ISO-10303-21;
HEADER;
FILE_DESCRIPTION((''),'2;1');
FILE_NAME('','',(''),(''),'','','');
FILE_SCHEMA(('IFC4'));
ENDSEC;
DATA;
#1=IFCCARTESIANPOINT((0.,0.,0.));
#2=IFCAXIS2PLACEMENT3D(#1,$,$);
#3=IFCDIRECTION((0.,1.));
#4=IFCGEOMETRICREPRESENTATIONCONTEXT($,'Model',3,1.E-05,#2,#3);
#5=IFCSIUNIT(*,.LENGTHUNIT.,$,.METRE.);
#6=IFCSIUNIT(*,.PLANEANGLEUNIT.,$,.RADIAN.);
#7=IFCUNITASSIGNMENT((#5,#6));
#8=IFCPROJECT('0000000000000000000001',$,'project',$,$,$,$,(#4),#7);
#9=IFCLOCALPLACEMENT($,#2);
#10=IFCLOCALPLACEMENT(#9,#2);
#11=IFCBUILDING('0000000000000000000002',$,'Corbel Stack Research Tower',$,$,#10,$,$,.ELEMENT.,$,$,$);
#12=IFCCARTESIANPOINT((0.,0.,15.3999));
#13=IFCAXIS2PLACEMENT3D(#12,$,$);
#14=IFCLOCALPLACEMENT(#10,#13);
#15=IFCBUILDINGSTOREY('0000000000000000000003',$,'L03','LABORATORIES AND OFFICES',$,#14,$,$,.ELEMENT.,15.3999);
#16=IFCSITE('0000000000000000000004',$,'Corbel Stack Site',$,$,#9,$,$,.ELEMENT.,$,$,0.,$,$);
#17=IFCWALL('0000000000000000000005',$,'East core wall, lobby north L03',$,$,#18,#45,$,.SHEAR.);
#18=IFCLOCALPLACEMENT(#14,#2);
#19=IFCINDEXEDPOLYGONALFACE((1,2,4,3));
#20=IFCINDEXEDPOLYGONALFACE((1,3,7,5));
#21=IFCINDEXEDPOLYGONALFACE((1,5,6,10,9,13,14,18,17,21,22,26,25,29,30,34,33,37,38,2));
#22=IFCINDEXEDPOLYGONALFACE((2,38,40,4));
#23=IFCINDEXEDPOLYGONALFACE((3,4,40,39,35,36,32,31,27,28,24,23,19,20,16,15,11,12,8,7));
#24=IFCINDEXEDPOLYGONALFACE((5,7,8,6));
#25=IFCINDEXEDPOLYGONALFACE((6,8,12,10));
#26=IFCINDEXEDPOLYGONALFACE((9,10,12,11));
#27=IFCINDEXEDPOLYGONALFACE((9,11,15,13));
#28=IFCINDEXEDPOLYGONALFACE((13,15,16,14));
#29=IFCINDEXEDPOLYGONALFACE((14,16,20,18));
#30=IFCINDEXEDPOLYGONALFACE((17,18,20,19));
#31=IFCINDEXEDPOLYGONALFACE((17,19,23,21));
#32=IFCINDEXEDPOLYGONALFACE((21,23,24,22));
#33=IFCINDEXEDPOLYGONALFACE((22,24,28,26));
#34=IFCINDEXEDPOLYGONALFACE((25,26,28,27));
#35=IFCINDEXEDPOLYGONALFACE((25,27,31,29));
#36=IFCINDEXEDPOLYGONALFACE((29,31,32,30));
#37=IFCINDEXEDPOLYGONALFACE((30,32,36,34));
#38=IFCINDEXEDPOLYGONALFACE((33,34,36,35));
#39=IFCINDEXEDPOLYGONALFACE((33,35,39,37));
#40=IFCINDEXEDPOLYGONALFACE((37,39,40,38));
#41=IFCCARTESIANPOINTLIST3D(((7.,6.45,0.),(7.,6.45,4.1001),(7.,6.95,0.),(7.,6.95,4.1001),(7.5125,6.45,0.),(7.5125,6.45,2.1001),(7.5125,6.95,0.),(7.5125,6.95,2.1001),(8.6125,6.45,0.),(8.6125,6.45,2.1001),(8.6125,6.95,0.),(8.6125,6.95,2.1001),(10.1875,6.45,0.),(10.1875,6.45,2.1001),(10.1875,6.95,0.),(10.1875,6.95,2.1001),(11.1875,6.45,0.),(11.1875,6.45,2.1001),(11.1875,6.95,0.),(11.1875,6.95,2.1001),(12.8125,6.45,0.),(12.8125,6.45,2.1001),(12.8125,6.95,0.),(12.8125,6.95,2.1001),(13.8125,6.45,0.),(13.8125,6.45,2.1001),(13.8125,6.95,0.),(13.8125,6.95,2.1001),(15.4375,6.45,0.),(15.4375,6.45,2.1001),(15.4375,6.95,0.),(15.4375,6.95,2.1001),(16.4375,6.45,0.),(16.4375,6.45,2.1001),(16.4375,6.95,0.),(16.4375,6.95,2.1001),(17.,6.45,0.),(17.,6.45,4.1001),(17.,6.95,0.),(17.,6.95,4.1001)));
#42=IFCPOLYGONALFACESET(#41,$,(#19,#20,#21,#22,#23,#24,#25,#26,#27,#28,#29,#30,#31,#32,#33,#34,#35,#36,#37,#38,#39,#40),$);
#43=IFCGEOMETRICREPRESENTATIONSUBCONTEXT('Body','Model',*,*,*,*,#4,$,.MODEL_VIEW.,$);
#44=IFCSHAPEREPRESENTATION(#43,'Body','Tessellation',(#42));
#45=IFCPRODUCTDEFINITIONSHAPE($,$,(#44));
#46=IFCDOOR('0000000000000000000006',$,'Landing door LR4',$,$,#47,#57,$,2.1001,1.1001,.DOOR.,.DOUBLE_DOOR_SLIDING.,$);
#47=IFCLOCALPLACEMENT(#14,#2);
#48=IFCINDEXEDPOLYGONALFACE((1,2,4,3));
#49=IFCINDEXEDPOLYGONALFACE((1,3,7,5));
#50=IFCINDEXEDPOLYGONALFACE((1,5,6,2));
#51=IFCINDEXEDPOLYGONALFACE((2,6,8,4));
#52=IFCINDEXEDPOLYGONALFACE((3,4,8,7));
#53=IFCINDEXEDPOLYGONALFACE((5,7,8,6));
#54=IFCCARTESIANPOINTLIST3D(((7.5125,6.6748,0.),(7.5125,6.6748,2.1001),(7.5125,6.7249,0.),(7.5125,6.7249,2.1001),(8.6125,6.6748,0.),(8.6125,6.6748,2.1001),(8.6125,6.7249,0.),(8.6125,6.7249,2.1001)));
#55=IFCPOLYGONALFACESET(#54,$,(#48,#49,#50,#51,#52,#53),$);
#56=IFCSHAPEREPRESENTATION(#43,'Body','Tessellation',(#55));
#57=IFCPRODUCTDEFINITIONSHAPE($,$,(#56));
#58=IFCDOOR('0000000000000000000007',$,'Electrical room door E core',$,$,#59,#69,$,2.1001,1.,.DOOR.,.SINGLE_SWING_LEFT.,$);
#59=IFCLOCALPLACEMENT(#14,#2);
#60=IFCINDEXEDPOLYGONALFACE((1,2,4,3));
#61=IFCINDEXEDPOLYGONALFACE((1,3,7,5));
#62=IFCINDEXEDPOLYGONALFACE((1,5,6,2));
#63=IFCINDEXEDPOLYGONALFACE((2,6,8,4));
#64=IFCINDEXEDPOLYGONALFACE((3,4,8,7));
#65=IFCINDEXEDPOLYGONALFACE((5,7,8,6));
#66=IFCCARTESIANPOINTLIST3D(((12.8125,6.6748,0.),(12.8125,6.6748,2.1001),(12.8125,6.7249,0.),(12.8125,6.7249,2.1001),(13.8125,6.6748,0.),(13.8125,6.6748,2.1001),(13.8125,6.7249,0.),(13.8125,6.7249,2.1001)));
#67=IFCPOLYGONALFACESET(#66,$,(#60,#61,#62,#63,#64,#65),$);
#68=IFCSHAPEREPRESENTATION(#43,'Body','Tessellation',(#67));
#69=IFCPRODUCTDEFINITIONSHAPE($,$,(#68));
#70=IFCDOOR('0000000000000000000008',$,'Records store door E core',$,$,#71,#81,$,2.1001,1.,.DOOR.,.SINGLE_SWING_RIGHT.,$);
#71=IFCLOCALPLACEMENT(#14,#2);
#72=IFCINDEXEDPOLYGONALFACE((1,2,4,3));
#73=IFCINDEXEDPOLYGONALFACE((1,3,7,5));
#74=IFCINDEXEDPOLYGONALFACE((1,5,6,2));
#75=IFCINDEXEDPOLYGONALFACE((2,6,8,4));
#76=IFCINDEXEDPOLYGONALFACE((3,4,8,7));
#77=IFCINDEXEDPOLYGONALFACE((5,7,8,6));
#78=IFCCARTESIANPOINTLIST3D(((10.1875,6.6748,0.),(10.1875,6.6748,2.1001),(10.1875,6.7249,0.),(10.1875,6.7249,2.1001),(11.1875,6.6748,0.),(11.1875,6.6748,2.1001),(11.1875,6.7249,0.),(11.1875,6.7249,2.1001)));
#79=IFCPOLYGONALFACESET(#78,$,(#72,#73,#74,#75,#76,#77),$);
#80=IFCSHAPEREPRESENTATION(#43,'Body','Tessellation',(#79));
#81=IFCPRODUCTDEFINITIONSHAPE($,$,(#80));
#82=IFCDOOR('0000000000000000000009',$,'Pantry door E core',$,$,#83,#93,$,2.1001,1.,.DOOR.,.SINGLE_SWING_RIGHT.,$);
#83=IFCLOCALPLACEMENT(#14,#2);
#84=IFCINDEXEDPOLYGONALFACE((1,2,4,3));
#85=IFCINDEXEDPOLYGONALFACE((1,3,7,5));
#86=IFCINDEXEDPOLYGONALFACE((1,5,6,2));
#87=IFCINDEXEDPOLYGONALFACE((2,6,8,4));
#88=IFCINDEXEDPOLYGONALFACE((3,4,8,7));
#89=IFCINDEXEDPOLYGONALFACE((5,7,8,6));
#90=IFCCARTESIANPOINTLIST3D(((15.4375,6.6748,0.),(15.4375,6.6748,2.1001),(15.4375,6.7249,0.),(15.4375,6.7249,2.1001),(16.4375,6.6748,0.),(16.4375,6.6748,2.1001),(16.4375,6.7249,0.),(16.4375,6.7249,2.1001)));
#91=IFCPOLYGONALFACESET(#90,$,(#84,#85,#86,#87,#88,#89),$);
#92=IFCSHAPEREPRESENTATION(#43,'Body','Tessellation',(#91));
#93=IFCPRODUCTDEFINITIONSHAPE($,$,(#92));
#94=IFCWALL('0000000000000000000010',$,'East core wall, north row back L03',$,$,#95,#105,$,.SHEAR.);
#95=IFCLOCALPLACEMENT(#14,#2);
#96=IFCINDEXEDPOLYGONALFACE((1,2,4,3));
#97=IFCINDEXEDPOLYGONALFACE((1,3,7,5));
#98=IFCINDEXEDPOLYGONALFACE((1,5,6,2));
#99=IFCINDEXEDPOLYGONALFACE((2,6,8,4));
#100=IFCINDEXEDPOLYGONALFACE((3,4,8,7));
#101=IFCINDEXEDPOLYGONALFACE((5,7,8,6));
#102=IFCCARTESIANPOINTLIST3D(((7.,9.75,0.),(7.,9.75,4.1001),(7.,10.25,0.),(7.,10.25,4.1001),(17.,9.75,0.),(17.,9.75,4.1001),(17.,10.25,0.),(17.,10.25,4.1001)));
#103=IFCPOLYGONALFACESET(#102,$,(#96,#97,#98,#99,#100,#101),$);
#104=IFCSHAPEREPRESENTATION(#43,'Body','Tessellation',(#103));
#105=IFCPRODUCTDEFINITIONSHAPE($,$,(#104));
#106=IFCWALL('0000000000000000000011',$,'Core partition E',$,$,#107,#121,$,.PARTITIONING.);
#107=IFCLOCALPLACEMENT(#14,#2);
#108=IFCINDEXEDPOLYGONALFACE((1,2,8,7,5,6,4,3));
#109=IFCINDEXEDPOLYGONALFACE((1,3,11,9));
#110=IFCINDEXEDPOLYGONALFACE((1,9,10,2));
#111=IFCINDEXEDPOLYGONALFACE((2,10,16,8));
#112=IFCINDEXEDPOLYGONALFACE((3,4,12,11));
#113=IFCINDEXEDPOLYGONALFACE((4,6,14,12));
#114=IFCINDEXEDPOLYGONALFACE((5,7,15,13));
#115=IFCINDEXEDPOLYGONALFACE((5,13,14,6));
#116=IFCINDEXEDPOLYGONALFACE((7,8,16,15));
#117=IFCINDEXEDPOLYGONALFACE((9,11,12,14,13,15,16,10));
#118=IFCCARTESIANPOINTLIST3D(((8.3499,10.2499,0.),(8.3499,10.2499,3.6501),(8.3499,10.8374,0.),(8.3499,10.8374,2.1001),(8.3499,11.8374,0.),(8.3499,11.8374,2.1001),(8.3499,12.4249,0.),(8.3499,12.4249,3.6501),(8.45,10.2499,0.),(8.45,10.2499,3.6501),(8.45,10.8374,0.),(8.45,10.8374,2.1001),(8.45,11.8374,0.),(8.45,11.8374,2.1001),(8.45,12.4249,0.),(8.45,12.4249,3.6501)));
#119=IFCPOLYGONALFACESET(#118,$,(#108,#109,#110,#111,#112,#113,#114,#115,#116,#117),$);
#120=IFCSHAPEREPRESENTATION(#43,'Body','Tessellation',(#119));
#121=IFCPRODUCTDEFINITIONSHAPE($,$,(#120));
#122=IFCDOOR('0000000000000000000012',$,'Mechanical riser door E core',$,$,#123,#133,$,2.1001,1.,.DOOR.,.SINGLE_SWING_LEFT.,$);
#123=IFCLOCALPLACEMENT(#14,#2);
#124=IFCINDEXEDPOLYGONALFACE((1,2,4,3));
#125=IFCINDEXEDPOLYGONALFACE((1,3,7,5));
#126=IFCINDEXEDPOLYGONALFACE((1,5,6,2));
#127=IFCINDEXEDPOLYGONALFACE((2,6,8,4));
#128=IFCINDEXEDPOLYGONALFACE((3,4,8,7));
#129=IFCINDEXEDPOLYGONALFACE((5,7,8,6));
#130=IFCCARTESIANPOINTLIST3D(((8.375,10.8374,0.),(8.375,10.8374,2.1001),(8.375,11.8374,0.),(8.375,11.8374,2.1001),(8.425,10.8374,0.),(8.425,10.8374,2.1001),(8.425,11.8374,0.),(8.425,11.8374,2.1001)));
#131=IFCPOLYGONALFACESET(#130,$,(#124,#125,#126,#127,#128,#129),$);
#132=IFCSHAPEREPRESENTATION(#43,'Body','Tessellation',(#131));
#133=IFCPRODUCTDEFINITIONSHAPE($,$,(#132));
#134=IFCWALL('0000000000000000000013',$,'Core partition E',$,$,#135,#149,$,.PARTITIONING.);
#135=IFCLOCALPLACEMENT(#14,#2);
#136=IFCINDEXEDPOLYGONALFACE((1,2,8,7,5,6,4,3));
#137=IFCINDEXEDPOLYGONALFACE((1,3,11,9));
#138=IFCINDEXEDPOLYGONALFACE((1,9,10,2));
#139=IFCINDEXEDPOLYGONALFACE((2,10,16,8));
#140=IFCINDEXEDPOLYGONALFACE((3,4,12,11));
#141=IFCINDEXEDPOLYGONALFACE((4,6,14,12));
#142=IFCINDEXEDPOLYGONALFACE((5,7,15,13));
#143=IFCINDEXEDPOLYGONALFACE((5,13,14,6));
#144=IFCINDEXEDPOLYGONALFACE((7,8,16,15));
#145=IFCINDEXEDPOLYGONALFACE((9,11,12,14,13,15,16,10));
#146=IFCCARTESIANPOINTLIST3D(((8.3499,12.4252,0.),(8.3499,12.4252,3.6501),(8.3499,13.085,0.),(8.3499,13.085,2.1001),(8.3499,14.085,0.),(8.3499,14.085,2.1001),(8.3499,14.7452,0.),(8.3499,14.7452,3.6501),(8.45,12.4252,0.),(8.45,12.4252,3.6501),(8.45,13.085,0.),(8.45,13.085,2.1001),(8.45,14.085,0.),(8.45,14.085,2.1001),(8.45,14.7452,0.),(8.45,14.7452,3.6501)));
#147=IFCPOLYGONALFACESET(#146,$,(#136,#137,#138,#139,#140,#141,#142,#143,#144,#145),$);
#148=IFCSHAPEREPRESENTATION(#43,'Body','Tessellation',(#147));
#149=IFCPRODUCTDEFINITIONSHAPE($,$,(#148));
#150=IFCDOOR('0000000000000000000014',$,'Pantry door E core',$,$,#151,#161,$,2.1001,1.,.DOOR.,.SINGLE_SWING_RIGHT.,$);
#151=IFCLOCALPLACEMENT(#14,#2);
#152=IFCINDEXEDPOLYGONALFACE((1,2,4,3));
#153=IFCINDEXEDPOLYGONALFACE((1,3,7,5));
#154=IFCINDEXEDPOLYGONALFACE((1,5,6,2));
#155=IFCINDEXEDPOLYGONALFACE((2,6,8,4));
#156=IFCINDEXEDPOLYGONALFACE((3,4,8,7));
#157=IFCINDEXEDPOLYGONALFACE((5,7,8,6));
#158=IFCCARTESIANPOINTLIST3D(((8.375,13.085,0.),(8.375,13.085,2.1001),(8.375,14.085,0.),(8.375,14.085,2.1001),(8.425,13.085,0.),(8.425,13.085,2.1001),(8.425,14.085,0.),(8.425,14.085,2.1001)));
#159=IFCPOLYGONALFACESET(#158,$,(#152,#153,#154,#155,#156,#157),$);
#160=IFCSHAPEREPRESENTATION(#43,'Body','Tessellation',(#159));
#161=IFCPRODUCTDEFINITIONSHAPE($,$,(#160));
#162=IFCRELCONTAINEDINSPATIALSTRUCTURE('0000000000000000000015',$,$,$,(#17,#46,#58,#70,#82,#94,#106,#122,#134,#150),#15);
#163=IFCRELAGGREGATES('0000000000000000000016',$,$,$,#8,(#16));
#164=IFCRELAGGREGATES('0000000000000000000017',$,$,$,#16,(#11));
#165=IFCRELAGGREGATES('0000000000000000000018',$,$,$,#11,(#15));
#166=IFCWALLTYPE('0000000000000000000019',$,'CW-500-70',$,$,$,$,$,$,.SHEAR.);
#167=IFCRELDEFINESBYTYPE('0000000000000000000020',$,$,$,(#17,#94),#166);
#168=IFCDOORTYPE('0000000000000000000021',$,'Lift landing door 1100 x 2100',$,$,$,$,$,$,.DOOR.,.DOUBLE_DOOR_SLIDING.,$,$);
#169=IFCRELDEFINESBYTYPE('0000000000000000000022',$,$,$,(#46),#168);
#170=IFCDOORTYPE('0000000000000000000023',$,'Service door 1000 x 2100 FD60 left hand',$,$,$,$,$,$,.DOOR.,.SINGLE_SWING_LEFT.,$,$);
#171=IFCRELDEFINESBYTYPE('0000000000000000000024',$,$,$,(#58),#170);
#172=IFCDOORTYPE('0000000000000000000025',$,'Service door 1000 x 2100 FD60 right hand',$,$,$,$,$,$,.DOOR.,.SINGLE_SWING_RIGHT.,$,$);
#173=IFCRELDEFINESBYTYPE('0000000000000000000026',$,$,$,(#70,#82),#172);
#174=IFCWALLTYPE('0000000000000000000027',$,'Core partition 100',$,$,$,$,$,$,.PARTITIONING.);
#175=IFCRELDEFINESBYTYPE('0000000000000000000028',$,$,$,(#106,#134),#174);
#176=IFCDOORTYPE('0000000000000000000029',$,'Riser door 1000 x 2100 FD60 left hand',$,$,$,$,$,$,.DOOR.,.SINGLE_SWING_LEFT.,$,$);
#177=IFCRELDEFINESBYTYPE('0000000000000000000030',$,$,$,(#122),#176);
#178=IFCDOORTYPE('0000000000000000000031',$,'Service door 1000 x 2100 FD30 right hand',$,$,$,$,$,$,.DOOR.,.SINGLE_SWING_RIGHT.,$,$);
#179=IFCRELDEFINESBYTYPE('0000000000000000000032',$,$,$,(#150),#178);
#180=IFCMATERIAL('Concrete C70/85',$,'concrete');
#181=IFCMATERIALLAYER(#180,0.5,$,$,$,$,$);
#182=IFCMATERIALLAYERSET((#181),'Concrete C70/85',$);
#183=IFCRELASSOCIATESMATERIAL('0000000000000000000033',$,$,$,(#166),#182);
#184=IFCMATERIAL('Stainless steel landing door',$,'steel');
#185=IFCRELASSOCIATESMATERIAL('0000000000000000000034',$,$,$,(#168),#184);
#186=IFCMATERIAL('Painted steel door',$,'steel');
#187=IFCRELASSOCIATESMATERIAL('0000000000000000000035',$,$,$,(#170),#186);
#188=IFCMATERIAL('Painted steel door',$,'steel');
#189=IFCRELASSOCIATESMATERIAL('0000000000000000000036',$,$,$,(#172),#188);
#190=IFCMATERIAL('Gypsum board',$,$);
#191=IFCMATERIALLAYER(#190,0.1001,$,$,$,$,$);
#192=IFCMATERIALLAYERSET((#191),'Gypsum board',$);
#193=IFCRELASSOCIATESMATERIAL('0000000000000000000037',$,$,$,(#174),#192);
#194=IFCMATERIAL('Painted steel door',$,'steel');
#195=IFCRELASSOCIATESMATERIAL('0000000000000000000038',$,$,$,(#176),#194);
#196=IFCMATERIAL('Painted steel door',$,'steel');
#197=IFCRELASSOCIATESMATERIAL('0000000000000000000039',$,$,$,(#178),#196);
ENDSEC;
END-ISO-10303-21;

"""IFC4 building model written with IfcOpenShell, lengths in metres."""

from ifc_helpers import new_model, si_unit, direction, frame, frame_2d, origin, place, context, subcontext, project, spatial, rectangle, extrude, material, layer, layer_set, type_object, element, fill, save


model = new_model("IFC4")

# Units and contexts
model_context = context("Model", 3, precision=1e-05, world=origin(), true_north=direction((0.0, 1.0)))
body_context = subcontext(model_context, "Body", "Model", "MODEL_VIEW")
ifc_project = project(units=[si_unit("LENGTHUNIT", "METRE"), si_unit("PLANEANGLEUNIT", "RADIAN")], contexts=[model_context])

# Site, building, storey
site_placement = place(None, origin())
site = spatial("IfcSite", under=ifc_project, at=site_placement, Name="Corbel Stack Site", CompositionType="ELEMENT", RefElevation=0.0)
building_placement = place(site_placement, origin())
building = spatial("IfcBuilding", under=site, at=building_placement, Name="Corbel Stack Research Tower", CompositionType="ELEMENT")
storey_placement = place(building_placement, frame((0.0, 0.0, 15.3999)))
storey = spatial("IfcBuildingStorey", under=building, at=storey_placement, Name="L03", Description="LABORATORIES AND OFFICES", CompositionType="ELEMENT", Elevation=15.3999)

# Wall, openings, doors
ifc_material_1 = material(Name="Concrete C70/85", Category="concrete")
ifc_layer_1 = layer(ifc_material_1, 0.5)
ifc_layer_set_1 = layer_set([ifc_layer_1], Name="Concrete C70/85")
wall_type_1 = type_object("IfcWallType", Name="CW-500-70", PredefinedType="SHEAR", material=ifc_layer_set_1)
ifc_material_2 = material(Name="Stainless steel landing door", Category="steel")
door_type_1 = type_object("IfcDoorType", Name="Lift landing door 1100 x 2100", OperationType="DOUBLE_DOOR_SLIDING", PredefinedType="DOOR", material=ifc_material_2)
wall_1_placement = place(storey_placement, frame((7.0, 6.7, 0.0), z_axis=(0.0, 0.0, 1.0), x_axis=(1.0, 0.0, 0.0)))
wall_1 = element("IfcWall", 1, at=wall_1_placement, inside=storey, type_object=wall_type_1, Name="East core wall, lobby north L03", PredefinedType="SHEAR", context=body_context, shape_type="SweptSolid", body=[
    extrude(rectangle(XDim=10.0, YDim=0.5, at=frame_2d((5.0, 0.0))), origin(), (0.0, 0.0, 1.0), 4.1001),
])
opening_1_placement = place(wall_1_placement, frame((0.5125, 0.0, 0.0)))
opening_1 = element("IfcOpeningElement", 2, at=opening_1_placement, cuts=wall_1, PredefinedType="OPENING", context=body_context, shape_type="SweptSolid", body=[
    extrude(rectangle(XDim=1.1001, YDim=2.1001, at=frame_2d((0.55, 1.05))), frame((0.0, 0.26, 0.0), z_axis=(0.0, -1.0, 0.0), x_axis=(1.0, 0.0, 0.0)), (0.0, 0.0, 1.0), 0.52),
])
opening_2_placement = place(wall_1_placement, frame((3.1875, 0.0, 0.0)))
opening_2 = element("IfcOpeningElement", 3, at=opening_2_placement, cuts=wall_1, PredefinedType="OPENING", context=body_context, shape_type="SweptSolid", body=[
    extrude(rectangle(XDim=1.0, YDim=2.1001, at=frame_2d((0.5, 1.05))), frame((0.0, 0.26, 0.0), z_axis=(0.0, -1.0, 0.0), x_axis=(1.0, 0.0, 0.0)), (0.0, 0.0, 1.0), 0.52),
])
opening_3_placement = place(wall_1_placement, frame((5.8125, 0.0, 0.0)))
opening_3 = element("IfcOpeningElement", 4, at=opening_3_placement, cuts=wall_1, PredefinedType="OPENING", context=body_context, shape_type="SweptSolid", body=[
    extrude(rectangle(XDim=1.0, YDim=2.1001, at=frame_2d((0.5, 1.05))), frame((0.0, 0.26, 0.0), z_axis=(0.0, -1.0, 0.0), x_axis=(1.0, 0.0, 0.0)), (0.0, 0.0, 1.0), 0.52),
])
opening_4_placement = place(wall_1_placement, frame((8.4375, 0.0, 0.0)))
opening_4 = element("IfcOpeningElement", 5, at=opening_4_placement, cuts=wall_1, PredefinedType="OPENING", context=body_context, shape_type="SweptSolid", body=[
    extrude(rectangle(XDim=1.0, YDim=2.1001, at=frame_2d((0.5, 1.05))), frame((0.0, 0.26, 0.0), z_axis=(0.0, -1.0, 0.0), x_axis=(1.0, 0.0, 0.0)), (0.0, 0.0, 1.0), 0.52),
])
door_1_placement = place(opening_1_placement, origin())
door_1 = element("IfcDoor", 6, at=door_1_placement, inside=storey, type_object=door_type_1, Name="Landing door LR4", OperationType="DOUBLE_DOOR_SLIDING", OverallHeight=2.1001, OverallWidth=1.1001, PredefinedType="DOOR", context=body_context, shape_type="SweptSolid", body=[
    extrude(rectangle(XDim=1.1001, YDim=2.1001, at=frame_2d((0.55, 1.05))), frame((0.0, 0.0249, 0.0), z_axis=(0.0, -1.0, 0.0), x_axis=(1.0, 0.0, 0.0)), (0.0, 0.0, 1.0), 0.05),
])
fill(opening_1, door_1)
ifc_material_3 = material(Name="Painted steel door", Category="steel")
door_type_2 = type_object("IfcDoorType", Name="Service door 1000 x 2100 FD60 left hand", OperationType="SINGLE_SWING_LEFT", PredefinedType="DOOR", material=ifc_material_3)
door_2_placement = place(opening_3_placement, origin())
door_2 = element("IfcDoor", 7, at=door_2_placement, inside=storey, type_object=door_type_2, Name="Electrical room door E core", OperationType="SINGLE_SWING_LEFT", OverallHeight=2.1001, OverallWidth=1.0, PredefinedType="DOOR", context=body_context, shape_type="SweptSolid", body=[
    extrude(rectangle(XDim=1.0, YDim=2.1001, at=frame_2d((0.5, 1.05))), frame((0.0, 0.0249, 0.0), z_axis=(0.0, -1.0, 0.0), x_axis=(1.0, 0.0, 0.0)), (0.0, 0.0, 1.0), 0.05),
])
fill(opening_3, door_2)
ifc_material_4 = material(Name="Painted steel door", Category="steel")
door_type_3 = type_object("IfcDoorType", Name="Service door 1000 x 2100 FD60 right hand", OperationType="SINGLE_SWING_RIGHT", PredefinedType="DOOR", material=ifc_material_4)
door_3_placement = place(opening_2_placement, origin())
door_3 = element("IfcDoor", 8, at=door_3_placement, inside=storey, type_object=door_type_3, Name="Records store door E core", OperationType="SINGLE_SWING_RIGHT", OverallHeight=2.1001, OverallWidth=1.0, PredefinedType="DOOR", context=body_context, shape_type="SweptSolid", body=[
    extrude(rectangle(XDim=1.0, YDim=2.1001, at=frame_2d((0.5, 1.05))), frame((0.0, 0.0249, 0.0), z_axis=(0.0, -1.0, 0.0), x_axis=(1.0, 0.0, 0.0)), (0.0, 0.0, 1.0), 0.05),
])
fill(opening_2, door_3)
door_4_placement = place(opening_4_placement, origin())
door_4 = element("IfcDoor", 9, at=door_4_placement, inside=storey, type_object=door_type_3, Name="Pantry door E core", OperationType="SINGLE_SWING_RIGHT", OverallHeight=2.1001, OverallWidth=1.0, PredefinedType="DOOR", context=body_context, shape_type="SweptSolid", body=[
    extrude(rectangle(XDim=1.0, YDim=2.1001, at=frame_2d((0.5, 1.05))), frame((0.0, 0.0249, 0.0), z_axis=(0.0, -1.0, 0.0), x_axis=(1.0, 0.0, 0.0)), (0.0, 0.0, 1.0), 0.05),
])
fill(opening_4, door_4)

# Wall
wall_2_placement = place(storey_placement, frame((7.0, 10.0, 0.0), z_axis=(0.0, 0.0, 1.0), x_axis=(1.0, 0.0, 0.0)))
element("IfcWall", 10, at=wall_2_placement, inside=storey, type_object=wall_type_1, Name="East core wall, north row back L03", PredefinedType="SHEAR", context=body_context, shape_type="SweptSolid", body=[
    extrude(rectangle(XDim=10.0, YDim=0.5, at=frame_2d((5.0, 0.0))), origin(), (0.0, 0.0, 1.0), 4.1001),
])

# Walls, openings, doors
ifc_material_5 = material(Name="Gypsum board")
ifc_layer_2 = layer(ifc_material_5, 0.1001)
ifc_layer_set_2 = layer_set([ifc_layer_2], Name="Gypsum board")
wall_type_2 = type_object("IfcWallType", Name="Core partition 100", PredefinedType="PARTITIONING", material=ifc_layer_set_2)
wall_3_placement = place(storey_placement, frame((8.3999, 10.25, 0.0), z_axis=(0.0, 0.0, 1.0), x_axis=(0.0, 1.0, 0.0)))
wall_3 = element("IfcWall", 11, at=wall_3_placement, inside=storey, type_object=wall_type_2, Name="Core partition E", PredefinedType="PARTITIONING", context=body_context, shape_type="SweptSolid", body=[
    extrude(rectangle(XDim=2.175, YDim=0.1001, at=frame_2d((1.0874, 0.0))), origin(), (0.0, 0.0, 1.0), 3.6501),
])
opening_5_placement = place(wall_3_placement, frame((0.5874, 0.0, 0.0)))
opening_5 = element("IfcOpeningElement", 12, at=opening_5_placement, cuts=wall_3, PredefinedType="OPENING", context=body_context, shape_type="SweptSolid", body=[
    extrude(rectangle(XDim=1.0, YDim=2.1001, at=frame_2d((0.5, 1.05))), frame((0.0, 0.0601, 0.0), z_axis=(0.0, -1.0, 0.0), x_axis=(1.0, 0.0, 0.0)), (0.0, 0.0, 1.0), 0.1201),
])
ifc_material_6 = material(Name="Painted steel door", Category="steel")
door_type_4 = type_object("IfcDoorType", Name="Riser door 1000 x 2100 FD60 left hand", OperationType="SINGLE_SWING_LEFT", PredefinedType="DOOR", material=ifc_material_6)
door_5_placement = place(opening_5_placement, origin())
door_5 = element("IfcDoor", 13, at=door_5_placement, inside=storey, type_object=door_type_4, Name="Mechanical riser door E core", OperationType="SINGLE_SWING_LEFT", OverallHeight=2.1001, OverallWidth=1.0, PredefinedType="DOOR", context=body_context, shape_type="SweptSolid", body=[
    extrude(rectangle(XDim=1.0, YDim=2.1001, at=frame_2d((0.5, 1.05))), frame((0.0, 0.0249, 0.0), z_axis=(0.0, -1.0, 0.0), x_axis=(1.0, 0.0, 0.0)), (0.0, 0.0, 1.0), 0.05),
])
fill(opening_5, door_5)
wall_4_placement = place(storey_placement, frame((8.3999, 12.425, 0.0), z_axis=(0.0, 0.0, 1.0), x_axis=(0.0, 1.0, 0.0)))
wall_4 = element("IfcWall", 14, at=wall_4_placement, inside=storey, type_object=wall_type_2, Name="Core partition E", PredefinedType="PARTITIONING", context=body_context, shape_type="SweptSolid", body=[
    extrude(rectangle(XDim=2.3201, YDim=0.1001, at=frame_2d((1.1602, 0.0))), origin(), (0.0, 0.0, 1.0), 3.6501),
])
opening_6_placement = place(wall_4_placement, frame((0.6599, 0.0, 0.0)))
opening_6 = element("IfcOpeningElement", 15, at=opening_6_placement, cuts=wall_4, PredefinedType="OPENING", context=body_context, shape_type="SweptSolid", body=[
    extrude(rectangle(XDim=1.0, YDim=2.1001, at=frame_2d((0.5, 1.05))), frame((0.0, 0.0601, 0.0), z_axis=(0.0, -1.0, 0.0), x_axis=(1.0, 0.0, 0.0)), (0.0, 0.0, 1.0), 0.1201),
])
ifc_material_7 = material(Name="Painted steel door", Category="steel")
door_type_5 = type_object("IfcDoorType", Name="Service door 1000 x 2100 FD30 right hand", OperationType="SINGLE_SWING_RIGHT", PredefinedType="DOOR", material=ifc_material_7)
door_6_placement = place(opening_6_placement, origin())
door_6 = element("IfcDoor", 16, at=door_6_placement, inside=storey, type_object=door_type_5, Name="Pantry door E core", OperationType="SINGLE_SWING_RIGHT", OverallHeight=2.1001, OverallWidth=1.0, PredefinedType="DOOR", context=body_context, shape_type="SweptSolid", body=[
    extrude(rectangle(XDim=1.0, YDim=2.1001, at=frame_2d((0.5, 1.05))), frame((0.0, 0.0249, 0.0), z_axis=(0.0, -1.0, 0.0), x_axis=(1.0, 0.0, 0.0)), (0.0, 0.0, 1.0), 0.05),
])
fill(opening_6, door_6)

save(model, "model.ifc")
